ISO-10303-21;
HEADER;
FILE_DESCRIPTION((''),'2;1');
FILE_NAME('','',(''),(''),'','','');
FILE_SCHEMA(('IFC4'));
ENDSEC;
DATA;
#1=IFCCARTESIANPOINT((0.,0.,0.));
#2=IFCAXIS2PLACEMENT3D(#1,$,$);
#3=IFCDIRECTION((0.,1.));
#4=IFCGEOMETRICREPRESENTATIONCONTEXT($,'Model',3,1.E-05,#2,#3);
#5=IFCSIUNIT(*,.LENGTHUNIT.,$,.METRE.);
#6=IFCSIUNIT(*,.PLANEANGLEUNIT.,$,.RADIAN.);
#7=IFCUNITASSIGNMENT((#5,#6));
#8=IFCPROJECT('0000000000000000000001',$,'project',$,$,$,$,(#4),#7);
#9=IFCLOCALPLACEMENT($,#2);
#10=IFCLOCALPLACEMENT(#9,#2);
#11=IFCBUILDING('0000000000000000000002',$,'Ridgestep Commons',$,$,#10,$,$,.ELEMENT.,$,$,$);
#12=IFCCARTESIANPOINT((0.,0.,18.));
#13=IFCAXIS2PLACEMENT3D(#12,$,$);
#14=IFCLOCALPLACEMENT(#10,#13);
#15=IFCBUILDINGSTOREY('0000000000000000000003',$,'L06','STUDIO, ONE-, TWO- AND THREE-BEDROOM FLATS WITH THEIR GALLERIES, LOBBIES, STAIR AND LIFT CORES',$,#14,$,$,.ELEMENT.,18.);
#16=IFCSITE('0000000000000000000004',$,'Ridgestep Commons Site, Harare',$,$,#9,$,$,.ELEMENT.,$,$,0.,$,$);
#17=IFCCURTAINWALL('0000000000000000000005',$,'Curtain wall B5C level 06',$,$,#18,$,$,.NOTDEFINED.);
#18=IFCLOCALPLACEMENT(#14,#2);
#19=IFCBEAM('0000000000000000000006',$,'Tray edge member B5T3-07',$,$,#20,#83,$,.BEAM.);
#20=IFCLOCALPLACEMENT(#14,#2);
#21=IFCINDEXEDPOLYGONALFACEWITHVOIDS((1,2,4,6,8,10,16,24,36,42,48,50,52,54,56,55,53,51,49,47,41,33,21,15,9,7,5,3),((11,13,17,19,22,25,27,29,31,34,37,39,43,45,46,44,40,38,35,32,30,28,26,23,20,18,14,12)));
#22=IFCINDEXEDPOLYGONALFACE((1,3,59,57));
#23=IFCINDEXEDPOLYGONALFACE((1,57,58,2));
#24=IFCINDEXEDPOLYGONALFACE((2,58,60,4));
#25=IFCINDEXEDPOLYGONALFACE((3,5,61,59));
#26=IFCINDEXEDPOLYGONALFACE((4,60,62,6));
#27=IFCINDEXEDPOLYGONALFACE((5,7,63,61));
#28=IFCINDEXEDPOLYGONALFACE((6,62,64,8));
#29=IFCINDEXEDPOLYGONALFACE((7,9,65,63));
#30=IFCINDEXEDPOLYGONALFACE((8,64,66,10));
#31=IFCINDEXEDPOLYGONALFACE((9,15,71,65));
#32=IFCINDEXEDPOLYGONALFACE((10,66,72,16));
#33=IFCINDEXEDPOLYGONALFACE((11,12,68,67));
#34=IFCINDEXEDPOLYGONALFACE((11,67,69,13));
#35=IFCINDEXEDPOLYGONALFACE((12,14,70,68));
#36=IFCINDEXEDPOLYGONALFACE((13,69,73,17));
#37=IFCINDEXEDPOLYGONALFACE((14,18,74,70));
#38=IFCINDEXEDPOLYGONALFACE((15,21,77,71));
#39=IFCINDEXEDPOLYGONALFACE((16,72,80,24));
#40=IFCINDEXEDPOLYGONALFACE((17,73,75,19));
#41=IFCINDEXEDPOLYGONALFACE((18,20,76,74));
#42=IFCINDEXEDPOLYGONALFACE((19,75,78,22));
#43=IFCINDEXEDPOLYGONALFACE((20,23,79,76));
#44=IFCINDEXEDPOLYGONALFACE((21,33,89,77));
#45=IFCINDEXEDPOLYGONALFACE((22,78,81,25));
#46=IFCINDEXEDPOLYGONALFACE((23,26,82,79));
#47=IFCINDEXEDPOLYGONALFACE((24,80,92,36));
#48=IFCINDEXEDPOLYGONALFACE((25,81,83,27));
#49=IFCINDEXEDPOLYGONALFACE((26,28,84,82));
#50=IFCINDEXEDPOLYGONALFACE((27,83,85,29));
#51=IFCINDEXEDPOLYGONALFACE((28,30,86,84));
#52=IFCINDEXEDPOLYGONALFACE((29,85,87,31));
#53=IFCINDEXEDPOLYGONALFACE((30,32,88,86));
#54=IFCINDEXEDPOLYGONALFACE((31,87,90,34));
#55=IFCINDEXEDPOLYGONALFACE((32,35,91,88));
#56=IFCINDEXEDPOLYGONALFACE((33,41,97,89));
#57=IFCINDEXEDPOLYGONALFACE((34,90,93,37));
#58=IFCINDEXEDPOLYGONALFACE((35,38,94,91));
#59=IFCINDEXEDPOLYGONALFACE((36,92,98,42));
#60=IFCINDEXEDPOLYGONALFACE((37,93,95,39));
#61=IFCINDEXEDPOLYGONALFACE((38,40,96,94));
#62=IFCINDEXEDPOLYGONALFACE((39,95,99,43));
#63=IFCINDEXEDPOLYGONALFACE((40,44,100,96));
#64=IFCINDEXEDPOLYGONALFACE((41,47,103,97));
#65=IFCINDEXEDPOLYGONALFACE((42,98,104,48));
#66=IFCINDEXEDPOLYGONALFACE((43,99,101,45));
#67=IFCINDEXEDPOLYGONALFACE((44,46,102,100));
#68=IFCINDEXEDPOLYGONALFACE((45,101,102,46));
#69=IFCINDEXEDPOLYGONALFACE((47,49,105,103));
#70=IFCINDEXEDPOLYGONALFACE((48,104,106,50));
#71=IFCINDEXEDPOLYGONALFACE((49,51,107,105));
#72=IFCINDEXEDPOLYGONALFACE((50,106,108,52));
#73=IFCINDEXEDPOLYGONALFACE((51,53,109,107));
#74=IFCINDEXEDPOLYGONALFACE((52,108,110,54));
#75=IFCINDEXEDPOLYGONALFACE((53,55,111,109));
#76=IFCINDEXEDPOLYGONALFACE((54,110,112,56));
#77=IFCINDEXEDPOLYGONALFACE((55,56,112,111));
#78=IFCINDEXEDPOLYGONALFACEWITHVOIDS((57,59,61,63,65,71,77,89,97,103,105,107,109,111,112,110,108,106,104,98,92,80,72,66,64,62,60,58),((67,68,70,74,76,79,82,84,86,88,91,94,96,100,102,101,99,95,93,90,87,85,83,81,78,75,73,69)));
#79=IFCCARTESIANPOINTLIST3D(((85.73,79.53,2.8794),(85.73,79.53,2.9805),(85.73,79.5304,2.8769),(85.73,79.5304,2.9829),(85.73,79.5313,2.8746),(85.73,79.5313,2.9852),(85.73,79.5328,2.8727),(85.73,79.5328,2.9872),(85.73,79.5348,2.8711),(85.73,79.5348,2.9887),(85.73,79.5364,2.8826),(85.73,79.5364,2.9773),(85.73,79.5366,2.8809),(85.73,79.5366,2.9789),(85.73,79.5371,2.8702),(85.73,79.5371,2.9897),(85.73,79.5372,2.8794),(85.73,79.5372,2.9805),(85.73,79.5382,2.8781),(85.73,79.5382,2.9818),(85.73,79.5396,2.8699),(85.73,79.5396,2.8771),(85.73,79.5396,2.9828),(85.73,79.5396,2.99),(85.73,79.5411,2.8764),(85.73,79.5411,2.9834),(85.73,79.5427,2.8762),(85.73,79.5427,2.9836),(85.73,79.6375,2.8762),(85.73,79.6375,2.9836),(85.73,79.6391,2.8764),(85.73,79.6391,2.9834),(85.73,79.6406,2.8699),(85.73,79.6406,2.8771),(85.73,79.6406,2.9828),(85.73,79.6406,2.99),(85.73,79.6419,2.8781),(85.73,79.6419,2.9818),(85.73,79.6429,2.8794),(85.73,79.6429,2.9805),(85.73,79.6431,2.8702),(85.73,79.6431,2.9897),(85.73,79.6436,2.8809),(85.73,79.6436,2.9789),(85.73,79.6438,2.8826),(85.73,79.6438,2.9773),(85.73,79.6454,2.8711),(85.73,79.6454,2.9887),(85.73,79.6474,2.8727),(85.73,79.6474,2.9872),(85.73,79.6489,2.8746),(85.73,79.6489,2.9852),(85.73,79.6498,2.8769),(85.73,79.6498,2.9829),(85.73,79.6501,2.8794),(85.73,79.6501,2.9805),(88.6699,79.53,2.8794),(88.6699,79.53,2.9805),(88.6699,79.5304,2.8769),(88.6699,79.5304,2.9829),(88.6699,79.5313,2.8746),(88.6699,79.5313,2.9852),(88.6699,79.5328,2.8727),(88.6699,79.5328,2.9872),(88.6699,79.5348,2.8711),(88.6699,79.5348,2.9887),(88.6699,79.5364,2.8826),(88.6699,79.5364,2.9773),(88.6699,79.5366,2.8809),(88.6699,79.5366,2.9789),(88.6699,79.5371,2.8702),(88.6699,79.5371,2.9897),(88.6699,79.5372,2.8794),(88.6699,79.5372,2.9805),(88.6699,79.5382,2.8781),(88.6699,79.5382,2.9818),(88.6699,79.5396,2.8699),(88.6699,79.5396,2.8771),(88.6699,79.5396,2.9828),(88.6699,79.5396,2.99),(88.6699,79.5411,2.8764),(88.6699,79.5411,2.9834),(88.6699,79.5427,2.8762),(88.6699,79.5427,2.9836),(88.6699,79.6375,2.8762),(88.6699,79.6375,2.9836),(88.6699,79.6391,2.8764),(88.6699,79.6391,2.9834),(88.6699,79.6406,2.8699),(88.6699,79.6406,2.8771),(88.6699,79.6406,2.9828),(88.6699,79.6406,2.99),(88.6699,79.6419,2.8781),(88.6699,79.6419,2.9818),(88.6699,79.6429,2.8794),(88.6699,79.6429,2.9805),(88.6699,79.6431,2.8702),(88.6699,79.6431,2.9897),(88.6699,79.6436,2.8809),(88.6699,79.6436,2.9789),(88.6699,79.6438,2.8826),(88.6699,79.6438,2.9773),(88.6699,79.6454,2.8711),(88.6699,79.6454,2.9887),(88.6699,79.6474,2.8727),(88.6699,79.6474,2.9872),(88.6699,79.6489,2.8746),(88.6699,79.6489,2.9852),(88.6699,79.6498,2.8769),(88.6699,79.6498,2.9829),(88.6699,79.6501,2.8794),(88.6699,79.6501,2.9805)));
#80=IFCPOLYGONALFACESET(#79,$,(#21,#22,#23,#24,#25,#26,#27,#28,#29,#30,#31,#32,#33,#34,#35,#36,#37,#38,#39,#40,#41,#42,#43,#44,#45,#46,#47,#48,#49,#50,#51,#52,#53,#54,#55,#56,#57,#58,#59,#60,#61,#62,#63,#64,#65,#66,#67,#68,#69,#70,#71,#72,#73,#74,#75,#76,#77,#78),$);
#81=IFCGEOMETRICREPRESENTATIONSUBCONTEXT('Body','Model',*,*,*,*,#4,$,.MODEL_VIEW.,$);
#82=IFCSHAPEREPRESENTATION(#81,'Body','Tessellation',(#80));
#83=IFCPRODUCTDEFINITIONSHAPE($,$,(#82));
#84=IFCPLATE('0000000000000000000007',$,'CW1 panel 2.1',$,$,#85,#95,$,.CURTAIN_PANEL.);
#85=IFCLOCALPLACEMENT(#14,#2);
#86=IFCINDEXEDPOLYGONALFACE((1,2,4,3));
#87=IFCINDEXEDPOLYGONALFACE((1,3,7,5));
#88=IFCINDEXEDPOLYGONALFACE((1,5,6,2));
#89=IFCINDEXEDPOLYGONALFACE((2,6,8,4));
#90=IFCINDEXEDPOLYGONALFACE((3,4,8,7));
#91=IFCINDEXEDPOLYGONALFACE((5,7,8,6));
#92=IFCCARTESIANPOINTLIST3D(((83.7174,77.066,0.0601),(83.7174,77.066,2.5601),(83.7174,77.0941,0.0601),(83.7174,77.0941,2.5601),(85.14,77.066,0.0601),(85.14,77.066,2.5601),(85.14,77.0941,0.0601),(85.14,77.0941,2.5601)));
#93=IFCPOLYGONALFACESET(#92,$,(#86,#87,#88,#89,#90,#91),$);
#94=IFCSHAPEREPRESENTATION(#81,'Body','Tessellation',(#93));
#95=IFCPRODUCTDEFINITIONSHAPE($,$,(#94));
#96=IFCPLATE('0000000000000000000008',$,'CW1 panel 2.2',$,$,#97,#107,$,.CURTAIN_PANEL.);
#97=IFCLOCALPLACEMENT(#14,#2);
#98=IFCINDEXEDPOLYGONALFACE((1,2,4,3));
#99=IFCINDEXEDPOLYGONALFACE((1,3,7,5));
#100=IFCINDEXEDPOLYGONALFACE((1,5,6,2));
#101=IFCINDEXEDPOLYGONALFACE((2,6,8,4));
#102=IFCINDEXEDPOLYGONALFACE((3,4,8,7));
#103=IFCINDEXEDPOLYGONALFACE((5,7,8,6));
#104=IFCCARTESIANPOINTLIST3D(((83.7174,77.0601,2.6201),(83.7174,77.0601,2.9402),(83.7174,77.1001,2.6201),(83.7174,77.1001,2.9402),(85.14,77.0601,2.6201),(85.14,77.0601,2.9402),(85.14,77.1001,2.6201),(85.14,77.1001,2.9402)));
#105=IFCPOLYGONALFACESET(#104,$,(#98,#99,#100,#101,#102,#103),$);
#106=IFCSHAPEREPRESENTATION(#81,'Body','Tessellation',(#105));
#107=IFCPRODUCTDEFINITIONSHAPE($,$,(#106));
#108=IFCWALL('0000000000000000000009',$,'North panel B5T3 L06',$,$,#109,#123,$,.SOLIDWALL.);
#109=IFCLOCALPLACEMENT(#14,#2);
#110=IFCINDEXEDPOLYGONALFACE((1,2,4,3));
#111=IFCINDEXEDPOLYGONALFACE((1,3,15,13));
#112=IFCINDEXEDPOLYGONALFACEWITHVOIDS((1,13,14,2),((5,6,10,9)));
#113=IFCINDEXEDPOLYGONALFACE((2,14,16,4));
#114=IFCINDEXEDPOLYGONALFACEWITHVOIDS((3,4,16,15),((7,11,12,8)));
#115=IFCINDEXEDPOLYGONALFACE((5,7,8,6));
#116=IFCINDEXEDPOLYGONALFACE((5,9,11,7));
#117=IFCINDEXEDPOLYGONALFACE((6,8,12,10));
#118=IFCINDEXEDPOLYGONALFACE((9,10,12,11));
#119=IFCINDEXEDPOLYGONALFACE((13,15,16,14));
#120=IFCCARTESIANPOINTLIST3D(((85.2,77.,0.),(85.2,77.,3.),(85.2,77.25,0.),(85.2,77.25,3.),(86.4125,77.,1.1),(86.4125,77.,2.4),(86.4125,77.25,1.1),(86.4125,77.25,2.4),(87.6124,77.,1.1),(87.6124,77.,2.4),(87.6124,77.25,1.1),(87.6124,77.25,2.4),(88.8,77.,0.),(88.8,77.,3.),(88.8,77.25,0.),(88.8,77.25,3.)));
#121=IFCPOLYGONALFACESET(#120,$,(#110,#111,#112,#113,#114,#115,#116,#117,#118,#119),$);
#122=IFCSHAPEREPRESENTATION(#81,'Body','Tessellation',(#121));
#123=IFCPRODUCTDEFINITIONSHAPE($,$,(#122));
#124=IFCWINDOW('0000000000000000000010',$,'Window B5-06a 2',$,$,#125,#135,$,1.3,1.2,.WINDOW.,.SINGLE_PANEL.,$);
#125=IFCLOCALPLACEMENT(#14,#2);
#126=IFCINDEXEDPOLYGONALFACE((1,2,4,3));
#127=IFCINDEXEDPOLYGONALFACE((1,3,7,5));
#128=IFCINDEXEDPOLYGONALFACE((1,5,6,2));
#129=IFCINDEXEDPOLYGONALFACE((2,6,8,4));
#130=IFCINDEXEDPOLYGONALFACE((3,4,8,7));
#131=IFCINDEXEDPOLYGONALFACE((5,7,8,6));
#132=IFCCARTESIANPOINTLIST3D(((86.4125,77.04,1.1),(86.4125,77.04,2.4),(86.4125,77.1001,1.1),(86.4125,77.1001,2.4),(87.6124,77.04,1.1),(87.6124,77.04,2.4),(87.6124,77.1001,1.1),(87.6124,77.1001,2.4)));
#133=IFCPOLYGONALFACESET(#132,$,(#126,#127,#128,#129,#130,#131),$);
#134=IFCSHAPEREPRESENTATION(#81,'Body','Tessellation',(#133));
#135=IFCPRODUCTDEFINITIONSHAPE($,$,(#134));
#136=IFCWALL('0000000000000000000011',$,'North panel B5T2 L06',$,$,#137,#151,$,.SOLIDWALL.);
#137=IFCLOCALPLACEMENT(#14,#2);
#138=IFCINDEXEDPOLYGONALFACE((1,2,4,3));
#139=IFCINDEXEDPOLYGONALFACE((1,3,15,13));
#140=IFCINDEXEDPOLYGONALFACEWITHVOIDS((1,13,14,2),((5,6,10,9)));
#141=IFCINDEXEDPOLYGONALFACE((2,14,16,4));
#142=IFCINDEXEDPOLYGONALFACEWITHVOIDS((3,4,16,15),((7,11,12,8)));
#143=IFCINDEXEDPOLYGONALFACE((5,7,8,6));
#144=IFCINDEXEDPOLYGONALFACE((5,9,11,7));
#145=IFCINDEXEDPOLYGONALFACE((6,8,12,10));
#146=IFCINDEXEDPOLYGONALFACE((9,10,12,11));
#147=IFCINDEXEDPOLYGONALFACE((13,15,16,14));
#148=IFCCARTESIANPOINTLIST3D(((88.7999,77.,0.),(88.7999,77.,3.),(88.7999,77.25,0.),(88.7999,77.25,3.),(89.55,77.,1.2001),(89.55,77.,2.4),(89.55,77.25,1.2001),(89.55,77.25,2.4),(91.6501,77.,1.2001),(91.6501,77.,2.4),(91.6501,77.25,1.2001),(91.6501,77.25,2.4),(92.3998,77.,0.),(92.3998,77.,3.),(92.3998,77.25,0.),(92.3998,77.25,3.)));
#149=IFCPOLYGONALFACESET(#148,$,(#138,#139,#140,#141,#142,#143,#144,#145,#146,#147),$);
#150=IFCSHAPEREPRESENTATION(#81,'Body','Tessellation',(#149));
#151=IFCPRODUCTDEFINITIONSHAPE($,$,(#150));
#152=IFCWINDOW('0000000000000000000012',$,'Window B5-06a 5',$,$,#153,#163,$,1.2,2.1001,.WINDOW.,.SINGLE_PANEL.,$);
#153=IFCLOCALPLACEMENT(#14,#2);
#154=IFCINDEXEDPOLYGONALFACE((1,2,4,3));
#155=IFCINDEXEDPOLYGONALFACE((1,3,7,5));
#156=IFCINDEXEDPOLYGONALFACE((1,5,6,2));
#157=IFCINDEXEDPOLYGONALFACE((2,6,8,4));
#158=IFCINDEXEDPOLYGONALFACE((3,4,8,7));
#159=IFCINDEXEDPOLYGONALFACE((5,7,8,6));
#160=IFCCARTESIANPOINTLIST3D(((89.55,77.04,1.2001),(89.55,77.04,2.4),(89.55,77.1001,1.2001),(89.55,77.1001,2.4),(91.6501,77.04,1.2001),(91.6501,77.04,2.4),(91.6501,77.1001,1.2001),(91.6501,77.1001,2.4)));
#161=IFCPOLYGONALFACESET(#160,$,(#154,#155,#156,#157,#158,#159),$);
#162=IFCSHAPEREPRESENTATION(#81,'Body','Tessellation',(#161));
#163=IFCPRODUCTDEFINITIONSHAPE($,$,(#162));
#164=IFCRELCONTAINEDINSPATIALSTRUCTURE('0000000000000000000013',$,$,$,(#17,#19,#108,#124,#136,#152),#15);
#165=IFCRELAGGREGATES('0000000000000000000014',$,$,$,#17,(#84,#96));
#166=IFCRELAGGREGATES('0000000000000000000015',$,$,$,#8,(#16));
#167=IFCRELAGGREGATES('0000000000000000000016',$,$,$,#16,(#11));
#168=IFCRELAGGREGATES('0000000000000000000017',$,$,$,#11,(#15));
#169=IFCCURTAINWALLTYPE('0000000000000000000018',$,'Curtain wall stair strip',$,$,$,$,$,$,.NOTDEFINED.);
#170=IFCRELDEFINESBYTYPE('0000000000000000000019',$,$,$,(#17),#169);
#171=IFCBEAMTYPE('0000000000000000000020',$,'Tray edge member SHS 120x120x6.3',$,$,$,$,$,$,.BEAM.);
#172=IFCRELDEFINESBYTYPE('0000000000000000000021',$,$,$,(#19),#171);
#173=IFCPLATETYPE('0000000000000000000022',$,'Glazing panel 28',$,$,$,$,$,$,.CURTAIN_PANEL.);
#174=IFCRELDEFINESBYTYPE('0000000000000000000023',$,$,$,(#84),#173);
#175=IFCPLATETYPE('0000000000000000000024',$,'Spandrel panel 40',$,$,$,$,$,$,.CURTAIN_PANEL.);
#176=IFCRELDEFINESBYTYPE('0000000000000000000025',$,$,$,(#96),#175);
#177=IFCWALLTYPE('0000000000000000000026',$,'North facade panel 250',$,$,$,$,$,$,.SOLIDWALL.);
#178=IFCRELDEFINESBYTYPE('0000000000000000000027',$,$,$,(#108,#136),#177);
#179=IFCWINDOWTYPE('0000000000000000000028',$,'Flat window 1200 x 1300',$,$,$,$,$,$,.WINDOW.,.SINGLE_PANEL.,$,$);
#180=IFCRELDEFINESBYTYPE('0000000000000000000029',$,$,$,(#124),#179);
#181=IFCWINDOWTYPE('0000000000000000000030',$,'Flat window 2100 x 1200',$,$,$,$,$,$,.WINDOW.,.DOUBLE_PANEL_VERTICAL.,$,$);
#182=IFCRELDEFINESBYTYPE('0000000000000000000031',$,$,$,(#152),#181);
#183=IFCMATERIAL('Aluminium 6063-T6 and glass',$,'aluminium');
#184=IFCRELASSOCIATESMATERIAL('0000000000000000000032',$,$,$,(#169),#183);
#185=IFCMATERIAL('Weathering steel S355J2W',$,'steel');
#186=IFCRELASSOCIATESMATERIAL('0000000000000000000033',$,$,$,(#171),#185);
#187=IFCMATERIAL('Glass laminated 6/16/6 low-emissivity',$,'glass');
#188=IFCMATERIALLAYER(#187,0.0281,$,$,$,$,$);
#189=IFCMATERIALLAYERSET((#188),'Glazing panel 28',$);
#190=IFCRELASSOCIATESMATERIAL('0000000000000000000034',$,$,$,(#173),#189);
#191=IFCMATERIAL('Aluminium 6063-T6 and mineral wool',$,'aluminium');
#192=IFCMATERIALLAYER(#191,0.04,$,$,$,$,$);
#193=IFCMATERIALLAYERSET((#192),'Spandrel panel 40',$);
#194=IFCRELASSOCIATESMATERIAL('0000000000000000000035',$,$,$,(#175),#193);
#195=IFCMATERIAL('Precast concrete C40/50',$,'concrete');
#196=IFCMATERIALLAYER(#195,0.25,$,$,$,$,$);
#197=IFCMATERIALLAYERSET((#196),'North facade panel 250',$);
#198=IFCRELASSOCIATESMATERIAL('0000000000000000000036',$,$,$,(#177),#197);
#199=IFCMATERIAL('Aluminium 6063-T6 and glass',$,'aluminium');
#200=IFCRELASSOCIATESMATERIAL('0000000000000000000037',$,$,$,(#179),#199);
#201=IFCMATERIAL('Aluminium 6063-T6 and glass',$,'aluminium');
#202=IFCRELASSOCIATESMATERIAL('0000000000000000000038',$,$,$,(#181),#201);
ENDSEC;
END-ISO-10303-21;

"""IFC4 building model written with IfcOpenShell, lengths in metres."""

from ifc_helpers import new_model, si_unit, direction, frame, frame_2d, origin, origin_2d, place, context, subcontext, project, spatial, rectangle, hollow_rectangle, extrude, material, layer, layer_set, material_profile, profile_set, type_object, element, fill, aggregate, save


model = new_model("IFC4")

# Units and contexts
model_context = context("Model", 3, precision=1e-05, world=origin(), true_north=direction((0.0, 1.0)))
body_context = subcontext(model_context, "Body", "Model", "MODEL_VIEW")
ifc_project = project(units=[si_unit("LENGTHUNIT", "METRE"), si_unit("PLANEANGLEUNIT", "RADIAN")], contexts=[model_context])

# Site, building, storey
site_placement = place(None, origin())
site = spatial("IfcSite", under=ifc_project, at=site_placement, Name="Ridgestep Commons Site, Harare", CompositionType="ELEMENT", RefElevation=0.0)
building_placement = place(site_placement, origin())
building = spatial("IfcBuilding", under=site, at=building_placement, Name="Ridgestep Commons", CompositionType="ELEMENT")
storey_placement = place(building_placement, frame((0.0, 0.0, 18.0)))
storey = spatial("IfcBuildingStorey", under=building, at=storey_placement, Name="L06", Description="STUDIO, ONE-, TWO- AND THREE-BEDROOM FLATS WITH THEIR GALLERIES, LOBBIES, STAIR AND LIFT CORES", CompositionType="ELEMENT", Elevation=18.0)

# Curtain wall
ifc_material_1 = material(Name="Aluminium 6063-T6 and glass", Category="aluminium")
curtain_wall_type = type_object("IfcCurtainWallType", Name="Curtain wall stair strip", PredefinedType="NOTDEFINED", material=ifc_material_1)
curtain_wall_placement = place(storey_placement, origin())
curtain_wall = element("IfcCurtainWall", 1, at=curtain_wall_placement, inside=storey, type_object=curtain_wall_type, Name="Curtain wall B5C level 06", PredefinedType="NOTDEFINED")

# Beam
ifc_material_2 = material(Name="Weathering steel S355J2W", Category="steel")
ifc_material_profile_1 = material_profile(ifc_material_2, hollow_rectangle(XDim=0.1201, YDim=0.1201, WallThickness=0.0063, InnerFilletRadius=0.0063, OuterFilletRadius=0.0095, at=origin_2d()), Name="SHS 120x120x6.3")
ifc_profile_set_1 = profile_set([ifc_material_profile_1], Name="Weathering steel S355J2W")
beam_type_1 = type_object("IfcBeamType", Name="Tray edge member SHS 120x120x6.3", PredefinedType="BEAM", material=ifc_profile_set_1)
beam_placement = place(storey_placement, frame((85.73, 79.5901, 2.9299), z_axis=(1.0, 0.0, 0.0), x_axis=(0.0, 0.0, 1.0)))
element("IfcBeam", 2, at=beam_placement, inside=storey, type_object=beam_type_1, Name="Tray edge member B5T3-07", PredefinedType="BEAM", context=body_context, shape_type="SweptSolid", body=[
    extrude(hollow_rectangle(XDim=0.1201, YDim=0.1201, WallThickness=0.0063, InnerFilletRadius=0.0063, OuterFilletRadius=0.0095, at=origin_2d()), origin(), (0.0, 0.0, 1.0), 2.9399),
])

# Plates
ifc_material_3 = material(Name="Glass laminated 6/16/6 low-emissivity", Category="glass")
ifc_layer_1 = layer(ifc_material_3, 0.0281)
ifc_layer_set_1 = layer_set([ifc_layer_1], Name="Glazing panel 28")
plate_type_1 = type_object("IfcPlateType", Name="Glazing panel 28", PredefinedType="CURTAIN_PANEL", material=ifc_layer_set_1)
plate_1_placement = place(storey_placement, frame((84.4287, 77.0801, 0.0601), z_axis=(0.0, 0.0, 1.0), x_axis=(1.0, 0.0, 0.0)))
plate_1 = element("IfcPlate", 3, at=plate_1_placement, type_object=plate_type_1, Name="CW1 panel 2.1", PredefinedType="CURTAIN_PANEL", context=body_context, shape_type="SweptSolid", body=[
    extrude(rectangle(XDim=1.4226, YDim=0.0281, at=origin_2d()), origin(), (0.0, 0.0, 1.0), 2.5),
])
ifc_material_4 = material(Name="Aluminium 6063-T6 and mineral wool", Category="aluminium")
ifc_layer_2 = layer(ifc_material_4, 0.04)
ifc_layer_set_2 = layer_set([ifc_layer_2], Name="Spandrel panel 40")
plate_type_2 = type_object("IfcPlateType", Name="Spandrel panel 40", PredefinedType="CURTAIN_PANEL", material=ifc_layer_set_2)
plate_2_placement = place(storey_placement, frame((84.4287, 77.0801, 2.6201), z_axis=(0.0, 0.0, 1.0), x_axis=(1.0, 0.0, 0.0)))
plate_2 = element("IfcPlate", 4, at=plate_2_placement, type_object=plate_type_2, Name="CW1 panel 2.2", PredefinedType="CURTAIN_PANEL", context=body_context, shape_type="SweptSolid", body=[
    extrude(rectangle(XDim=1.4226, YDim=0.04, at=origin_2d()), origin(), (0.0, 0.0, 1.0), 0.3201),
])
aggregate(curtain_wall, [plate_1, plate_2])

# Walls, openings, windows
ifc_material_5 = material(Name="Precast concrete C40/50", Category="concrete")
ifc_layer_3 = layer(ifc_material_5, 0.25)
ifc_layer_set_3 = layer_set([ifc_layer_3], Name="North facade panel 250")
wall_type = type_object("IfcWallType", Name="North facade panel 250", PredefinedType="SOLIDWALL", material=ifc_layer_set_3)
wall_1_placement = place(storey_placement, frame((85.2, 77.125, 0.0), z_axis=(0.0, 0.0, 1.0), x_axis=(1.0, 0.0, 0.0)))
wall_1 = element("IfcWall", 5, at=wall_1_placement, inside=storey, type_object=wall_type, Name="North panel B5T3 L06", PredefinedType="SOLIDWALL", context=body_context, shape_type="SweptSolid", body=[
    extrude(rectangle(XDim=3.6001, YDim=0.25, at=frame_2d((1.8, 0.0))), origin(), (0.0, 0.0, 1.0), 3.0),
])
opening_1_placement = place(wall_1_placement, frame((1.2124, 0.0, 1.1001)))
opening_1 = element("IfcOpeningElement", 6, at=opening_1_placement, cuts=wall_1, PredefinedType="OPENING", context=body_context, shape_type="SweptSolid", body=[
    extrude(rectangle(XDim=1.2, YDim=1.3, at=frame_2d((0.6001, 0.6499))), frame((0.0, 0.135, 0.0), z_axis=(0.0, -1.0, 0.0), x_axis=(1.0, 0.0, 0.0)), (0.0, 0.0, 1.0), 0.27),
])
ifc_material_6 = material(Name="Aluminium 6063-T6 and glass", Category="aluminium")
window_type_1 = type_object("IfcWindowType", Name="Flat window 1200 x 1300", PartitioningType="SINGLE_PANEL", PredefinedType="WINDOW", material=ifc_material_6)
window_1_placement = place(opening_1_placement, origin())
window_1 = element("IfcWindow", 7, at=window_1_placement, inside=storey, type_object=window_type_1, Name="Window B5-06a 2", OverallHeight=1.3, OverallWidth=1.2, PartitioningType="SINGLE_PANEL", PredefinedType="WINDOW", context=body_context, shape_type="SweptSolid", body=[
    extrude(rectangle(XDim=1.2, YDim=1.3, at=frame_2d((0.6001, 0.6499))), frame((0.0, -0.0249, 0.0), z_axis=(0.0, -1.0, 0.0), x_axis=(1.0, 0.0, 0.0)), (0.0, 0.0, 1.0), 0.0601),
])
fill(opening_1, window_1)
wall_2_placement = place(storey_placement, frame((88.8, 77.125, 0.0), z_axis=(0.0, 0.0, 1.0), x_axis=(1.0, 0.0, 0.0)))
wall_2 = element("IfcWall", 8, at=wall_2_placement, inside=storey, type_object=wall_type, Name="North panel B5T2 L06", PredefinedType="SOLIDWALL", context=body_context, shape_type="SweptSolid", body=[
    extrude(rectangle(XDim=3.5999, YDim=0.25, at=frame_2d((1.7998, 0.0))), origin(), (0.0, 0.0, 1.0), 3.0),
])
opening_2_placement = place(wall_2_placement, frame((0.75, 0.0, 1.2)))
opening_2 = element("IfcOpeningElement", 9, at=opening_2_placement, cuts=wall_2, PredefinedType="OPENING", context=body_context, shape_type="SweptSolid", body=[
    extrude(rectangle(XDim=2.1001, YDim=1.2, at=frame_2d((1.05, 0.6001))), frame((0.0, 0.135, 0.0), z_axis=(0.0, -1.0, 0.0), x_axis=(1.0, 0.0, 0.0)), (0.0, 0.0, 1.0), 0.27),
])
ifc_material_7 = material(Name="Aluminium 6063-T6 and glass", Category="aluminium")
window_type_2 = type_object("IfcWindowType", Name="Flat window 2100 x 1200", PartitioningType="DOUBLE_PANEL_VERTICAL", PredefinedType="WINDOW", material=ifc_material_7)
window_2_placement = place(opening_2_placement, origin())
window_2 = element("IfcWindow", 10, at=window_2_placement, inside=storey, type_object=window_type_2, Name="Window B5-06a 5", OverallHeight=1.2, OverallWidth=2.1001, PartitioningType="SINGLE_PANEL", PredefinedType="WINDOW", context=body_context, shape_type="SweptSolid", body=[
    extrude(rectangle(XDim=2.1001, YDim=1.2, at=frame_2d((1.05, 0.6001))), frame((0.0, -0.0249, 0.0), z_axis=(0.0, -1.0, 0.0), x_axis=(1.0, 0.0, 0.0)), (0.0, 0.0, 1.0), 0.0601),
])
fill(opening_2, window_2)

save(model, "model.ifc")
